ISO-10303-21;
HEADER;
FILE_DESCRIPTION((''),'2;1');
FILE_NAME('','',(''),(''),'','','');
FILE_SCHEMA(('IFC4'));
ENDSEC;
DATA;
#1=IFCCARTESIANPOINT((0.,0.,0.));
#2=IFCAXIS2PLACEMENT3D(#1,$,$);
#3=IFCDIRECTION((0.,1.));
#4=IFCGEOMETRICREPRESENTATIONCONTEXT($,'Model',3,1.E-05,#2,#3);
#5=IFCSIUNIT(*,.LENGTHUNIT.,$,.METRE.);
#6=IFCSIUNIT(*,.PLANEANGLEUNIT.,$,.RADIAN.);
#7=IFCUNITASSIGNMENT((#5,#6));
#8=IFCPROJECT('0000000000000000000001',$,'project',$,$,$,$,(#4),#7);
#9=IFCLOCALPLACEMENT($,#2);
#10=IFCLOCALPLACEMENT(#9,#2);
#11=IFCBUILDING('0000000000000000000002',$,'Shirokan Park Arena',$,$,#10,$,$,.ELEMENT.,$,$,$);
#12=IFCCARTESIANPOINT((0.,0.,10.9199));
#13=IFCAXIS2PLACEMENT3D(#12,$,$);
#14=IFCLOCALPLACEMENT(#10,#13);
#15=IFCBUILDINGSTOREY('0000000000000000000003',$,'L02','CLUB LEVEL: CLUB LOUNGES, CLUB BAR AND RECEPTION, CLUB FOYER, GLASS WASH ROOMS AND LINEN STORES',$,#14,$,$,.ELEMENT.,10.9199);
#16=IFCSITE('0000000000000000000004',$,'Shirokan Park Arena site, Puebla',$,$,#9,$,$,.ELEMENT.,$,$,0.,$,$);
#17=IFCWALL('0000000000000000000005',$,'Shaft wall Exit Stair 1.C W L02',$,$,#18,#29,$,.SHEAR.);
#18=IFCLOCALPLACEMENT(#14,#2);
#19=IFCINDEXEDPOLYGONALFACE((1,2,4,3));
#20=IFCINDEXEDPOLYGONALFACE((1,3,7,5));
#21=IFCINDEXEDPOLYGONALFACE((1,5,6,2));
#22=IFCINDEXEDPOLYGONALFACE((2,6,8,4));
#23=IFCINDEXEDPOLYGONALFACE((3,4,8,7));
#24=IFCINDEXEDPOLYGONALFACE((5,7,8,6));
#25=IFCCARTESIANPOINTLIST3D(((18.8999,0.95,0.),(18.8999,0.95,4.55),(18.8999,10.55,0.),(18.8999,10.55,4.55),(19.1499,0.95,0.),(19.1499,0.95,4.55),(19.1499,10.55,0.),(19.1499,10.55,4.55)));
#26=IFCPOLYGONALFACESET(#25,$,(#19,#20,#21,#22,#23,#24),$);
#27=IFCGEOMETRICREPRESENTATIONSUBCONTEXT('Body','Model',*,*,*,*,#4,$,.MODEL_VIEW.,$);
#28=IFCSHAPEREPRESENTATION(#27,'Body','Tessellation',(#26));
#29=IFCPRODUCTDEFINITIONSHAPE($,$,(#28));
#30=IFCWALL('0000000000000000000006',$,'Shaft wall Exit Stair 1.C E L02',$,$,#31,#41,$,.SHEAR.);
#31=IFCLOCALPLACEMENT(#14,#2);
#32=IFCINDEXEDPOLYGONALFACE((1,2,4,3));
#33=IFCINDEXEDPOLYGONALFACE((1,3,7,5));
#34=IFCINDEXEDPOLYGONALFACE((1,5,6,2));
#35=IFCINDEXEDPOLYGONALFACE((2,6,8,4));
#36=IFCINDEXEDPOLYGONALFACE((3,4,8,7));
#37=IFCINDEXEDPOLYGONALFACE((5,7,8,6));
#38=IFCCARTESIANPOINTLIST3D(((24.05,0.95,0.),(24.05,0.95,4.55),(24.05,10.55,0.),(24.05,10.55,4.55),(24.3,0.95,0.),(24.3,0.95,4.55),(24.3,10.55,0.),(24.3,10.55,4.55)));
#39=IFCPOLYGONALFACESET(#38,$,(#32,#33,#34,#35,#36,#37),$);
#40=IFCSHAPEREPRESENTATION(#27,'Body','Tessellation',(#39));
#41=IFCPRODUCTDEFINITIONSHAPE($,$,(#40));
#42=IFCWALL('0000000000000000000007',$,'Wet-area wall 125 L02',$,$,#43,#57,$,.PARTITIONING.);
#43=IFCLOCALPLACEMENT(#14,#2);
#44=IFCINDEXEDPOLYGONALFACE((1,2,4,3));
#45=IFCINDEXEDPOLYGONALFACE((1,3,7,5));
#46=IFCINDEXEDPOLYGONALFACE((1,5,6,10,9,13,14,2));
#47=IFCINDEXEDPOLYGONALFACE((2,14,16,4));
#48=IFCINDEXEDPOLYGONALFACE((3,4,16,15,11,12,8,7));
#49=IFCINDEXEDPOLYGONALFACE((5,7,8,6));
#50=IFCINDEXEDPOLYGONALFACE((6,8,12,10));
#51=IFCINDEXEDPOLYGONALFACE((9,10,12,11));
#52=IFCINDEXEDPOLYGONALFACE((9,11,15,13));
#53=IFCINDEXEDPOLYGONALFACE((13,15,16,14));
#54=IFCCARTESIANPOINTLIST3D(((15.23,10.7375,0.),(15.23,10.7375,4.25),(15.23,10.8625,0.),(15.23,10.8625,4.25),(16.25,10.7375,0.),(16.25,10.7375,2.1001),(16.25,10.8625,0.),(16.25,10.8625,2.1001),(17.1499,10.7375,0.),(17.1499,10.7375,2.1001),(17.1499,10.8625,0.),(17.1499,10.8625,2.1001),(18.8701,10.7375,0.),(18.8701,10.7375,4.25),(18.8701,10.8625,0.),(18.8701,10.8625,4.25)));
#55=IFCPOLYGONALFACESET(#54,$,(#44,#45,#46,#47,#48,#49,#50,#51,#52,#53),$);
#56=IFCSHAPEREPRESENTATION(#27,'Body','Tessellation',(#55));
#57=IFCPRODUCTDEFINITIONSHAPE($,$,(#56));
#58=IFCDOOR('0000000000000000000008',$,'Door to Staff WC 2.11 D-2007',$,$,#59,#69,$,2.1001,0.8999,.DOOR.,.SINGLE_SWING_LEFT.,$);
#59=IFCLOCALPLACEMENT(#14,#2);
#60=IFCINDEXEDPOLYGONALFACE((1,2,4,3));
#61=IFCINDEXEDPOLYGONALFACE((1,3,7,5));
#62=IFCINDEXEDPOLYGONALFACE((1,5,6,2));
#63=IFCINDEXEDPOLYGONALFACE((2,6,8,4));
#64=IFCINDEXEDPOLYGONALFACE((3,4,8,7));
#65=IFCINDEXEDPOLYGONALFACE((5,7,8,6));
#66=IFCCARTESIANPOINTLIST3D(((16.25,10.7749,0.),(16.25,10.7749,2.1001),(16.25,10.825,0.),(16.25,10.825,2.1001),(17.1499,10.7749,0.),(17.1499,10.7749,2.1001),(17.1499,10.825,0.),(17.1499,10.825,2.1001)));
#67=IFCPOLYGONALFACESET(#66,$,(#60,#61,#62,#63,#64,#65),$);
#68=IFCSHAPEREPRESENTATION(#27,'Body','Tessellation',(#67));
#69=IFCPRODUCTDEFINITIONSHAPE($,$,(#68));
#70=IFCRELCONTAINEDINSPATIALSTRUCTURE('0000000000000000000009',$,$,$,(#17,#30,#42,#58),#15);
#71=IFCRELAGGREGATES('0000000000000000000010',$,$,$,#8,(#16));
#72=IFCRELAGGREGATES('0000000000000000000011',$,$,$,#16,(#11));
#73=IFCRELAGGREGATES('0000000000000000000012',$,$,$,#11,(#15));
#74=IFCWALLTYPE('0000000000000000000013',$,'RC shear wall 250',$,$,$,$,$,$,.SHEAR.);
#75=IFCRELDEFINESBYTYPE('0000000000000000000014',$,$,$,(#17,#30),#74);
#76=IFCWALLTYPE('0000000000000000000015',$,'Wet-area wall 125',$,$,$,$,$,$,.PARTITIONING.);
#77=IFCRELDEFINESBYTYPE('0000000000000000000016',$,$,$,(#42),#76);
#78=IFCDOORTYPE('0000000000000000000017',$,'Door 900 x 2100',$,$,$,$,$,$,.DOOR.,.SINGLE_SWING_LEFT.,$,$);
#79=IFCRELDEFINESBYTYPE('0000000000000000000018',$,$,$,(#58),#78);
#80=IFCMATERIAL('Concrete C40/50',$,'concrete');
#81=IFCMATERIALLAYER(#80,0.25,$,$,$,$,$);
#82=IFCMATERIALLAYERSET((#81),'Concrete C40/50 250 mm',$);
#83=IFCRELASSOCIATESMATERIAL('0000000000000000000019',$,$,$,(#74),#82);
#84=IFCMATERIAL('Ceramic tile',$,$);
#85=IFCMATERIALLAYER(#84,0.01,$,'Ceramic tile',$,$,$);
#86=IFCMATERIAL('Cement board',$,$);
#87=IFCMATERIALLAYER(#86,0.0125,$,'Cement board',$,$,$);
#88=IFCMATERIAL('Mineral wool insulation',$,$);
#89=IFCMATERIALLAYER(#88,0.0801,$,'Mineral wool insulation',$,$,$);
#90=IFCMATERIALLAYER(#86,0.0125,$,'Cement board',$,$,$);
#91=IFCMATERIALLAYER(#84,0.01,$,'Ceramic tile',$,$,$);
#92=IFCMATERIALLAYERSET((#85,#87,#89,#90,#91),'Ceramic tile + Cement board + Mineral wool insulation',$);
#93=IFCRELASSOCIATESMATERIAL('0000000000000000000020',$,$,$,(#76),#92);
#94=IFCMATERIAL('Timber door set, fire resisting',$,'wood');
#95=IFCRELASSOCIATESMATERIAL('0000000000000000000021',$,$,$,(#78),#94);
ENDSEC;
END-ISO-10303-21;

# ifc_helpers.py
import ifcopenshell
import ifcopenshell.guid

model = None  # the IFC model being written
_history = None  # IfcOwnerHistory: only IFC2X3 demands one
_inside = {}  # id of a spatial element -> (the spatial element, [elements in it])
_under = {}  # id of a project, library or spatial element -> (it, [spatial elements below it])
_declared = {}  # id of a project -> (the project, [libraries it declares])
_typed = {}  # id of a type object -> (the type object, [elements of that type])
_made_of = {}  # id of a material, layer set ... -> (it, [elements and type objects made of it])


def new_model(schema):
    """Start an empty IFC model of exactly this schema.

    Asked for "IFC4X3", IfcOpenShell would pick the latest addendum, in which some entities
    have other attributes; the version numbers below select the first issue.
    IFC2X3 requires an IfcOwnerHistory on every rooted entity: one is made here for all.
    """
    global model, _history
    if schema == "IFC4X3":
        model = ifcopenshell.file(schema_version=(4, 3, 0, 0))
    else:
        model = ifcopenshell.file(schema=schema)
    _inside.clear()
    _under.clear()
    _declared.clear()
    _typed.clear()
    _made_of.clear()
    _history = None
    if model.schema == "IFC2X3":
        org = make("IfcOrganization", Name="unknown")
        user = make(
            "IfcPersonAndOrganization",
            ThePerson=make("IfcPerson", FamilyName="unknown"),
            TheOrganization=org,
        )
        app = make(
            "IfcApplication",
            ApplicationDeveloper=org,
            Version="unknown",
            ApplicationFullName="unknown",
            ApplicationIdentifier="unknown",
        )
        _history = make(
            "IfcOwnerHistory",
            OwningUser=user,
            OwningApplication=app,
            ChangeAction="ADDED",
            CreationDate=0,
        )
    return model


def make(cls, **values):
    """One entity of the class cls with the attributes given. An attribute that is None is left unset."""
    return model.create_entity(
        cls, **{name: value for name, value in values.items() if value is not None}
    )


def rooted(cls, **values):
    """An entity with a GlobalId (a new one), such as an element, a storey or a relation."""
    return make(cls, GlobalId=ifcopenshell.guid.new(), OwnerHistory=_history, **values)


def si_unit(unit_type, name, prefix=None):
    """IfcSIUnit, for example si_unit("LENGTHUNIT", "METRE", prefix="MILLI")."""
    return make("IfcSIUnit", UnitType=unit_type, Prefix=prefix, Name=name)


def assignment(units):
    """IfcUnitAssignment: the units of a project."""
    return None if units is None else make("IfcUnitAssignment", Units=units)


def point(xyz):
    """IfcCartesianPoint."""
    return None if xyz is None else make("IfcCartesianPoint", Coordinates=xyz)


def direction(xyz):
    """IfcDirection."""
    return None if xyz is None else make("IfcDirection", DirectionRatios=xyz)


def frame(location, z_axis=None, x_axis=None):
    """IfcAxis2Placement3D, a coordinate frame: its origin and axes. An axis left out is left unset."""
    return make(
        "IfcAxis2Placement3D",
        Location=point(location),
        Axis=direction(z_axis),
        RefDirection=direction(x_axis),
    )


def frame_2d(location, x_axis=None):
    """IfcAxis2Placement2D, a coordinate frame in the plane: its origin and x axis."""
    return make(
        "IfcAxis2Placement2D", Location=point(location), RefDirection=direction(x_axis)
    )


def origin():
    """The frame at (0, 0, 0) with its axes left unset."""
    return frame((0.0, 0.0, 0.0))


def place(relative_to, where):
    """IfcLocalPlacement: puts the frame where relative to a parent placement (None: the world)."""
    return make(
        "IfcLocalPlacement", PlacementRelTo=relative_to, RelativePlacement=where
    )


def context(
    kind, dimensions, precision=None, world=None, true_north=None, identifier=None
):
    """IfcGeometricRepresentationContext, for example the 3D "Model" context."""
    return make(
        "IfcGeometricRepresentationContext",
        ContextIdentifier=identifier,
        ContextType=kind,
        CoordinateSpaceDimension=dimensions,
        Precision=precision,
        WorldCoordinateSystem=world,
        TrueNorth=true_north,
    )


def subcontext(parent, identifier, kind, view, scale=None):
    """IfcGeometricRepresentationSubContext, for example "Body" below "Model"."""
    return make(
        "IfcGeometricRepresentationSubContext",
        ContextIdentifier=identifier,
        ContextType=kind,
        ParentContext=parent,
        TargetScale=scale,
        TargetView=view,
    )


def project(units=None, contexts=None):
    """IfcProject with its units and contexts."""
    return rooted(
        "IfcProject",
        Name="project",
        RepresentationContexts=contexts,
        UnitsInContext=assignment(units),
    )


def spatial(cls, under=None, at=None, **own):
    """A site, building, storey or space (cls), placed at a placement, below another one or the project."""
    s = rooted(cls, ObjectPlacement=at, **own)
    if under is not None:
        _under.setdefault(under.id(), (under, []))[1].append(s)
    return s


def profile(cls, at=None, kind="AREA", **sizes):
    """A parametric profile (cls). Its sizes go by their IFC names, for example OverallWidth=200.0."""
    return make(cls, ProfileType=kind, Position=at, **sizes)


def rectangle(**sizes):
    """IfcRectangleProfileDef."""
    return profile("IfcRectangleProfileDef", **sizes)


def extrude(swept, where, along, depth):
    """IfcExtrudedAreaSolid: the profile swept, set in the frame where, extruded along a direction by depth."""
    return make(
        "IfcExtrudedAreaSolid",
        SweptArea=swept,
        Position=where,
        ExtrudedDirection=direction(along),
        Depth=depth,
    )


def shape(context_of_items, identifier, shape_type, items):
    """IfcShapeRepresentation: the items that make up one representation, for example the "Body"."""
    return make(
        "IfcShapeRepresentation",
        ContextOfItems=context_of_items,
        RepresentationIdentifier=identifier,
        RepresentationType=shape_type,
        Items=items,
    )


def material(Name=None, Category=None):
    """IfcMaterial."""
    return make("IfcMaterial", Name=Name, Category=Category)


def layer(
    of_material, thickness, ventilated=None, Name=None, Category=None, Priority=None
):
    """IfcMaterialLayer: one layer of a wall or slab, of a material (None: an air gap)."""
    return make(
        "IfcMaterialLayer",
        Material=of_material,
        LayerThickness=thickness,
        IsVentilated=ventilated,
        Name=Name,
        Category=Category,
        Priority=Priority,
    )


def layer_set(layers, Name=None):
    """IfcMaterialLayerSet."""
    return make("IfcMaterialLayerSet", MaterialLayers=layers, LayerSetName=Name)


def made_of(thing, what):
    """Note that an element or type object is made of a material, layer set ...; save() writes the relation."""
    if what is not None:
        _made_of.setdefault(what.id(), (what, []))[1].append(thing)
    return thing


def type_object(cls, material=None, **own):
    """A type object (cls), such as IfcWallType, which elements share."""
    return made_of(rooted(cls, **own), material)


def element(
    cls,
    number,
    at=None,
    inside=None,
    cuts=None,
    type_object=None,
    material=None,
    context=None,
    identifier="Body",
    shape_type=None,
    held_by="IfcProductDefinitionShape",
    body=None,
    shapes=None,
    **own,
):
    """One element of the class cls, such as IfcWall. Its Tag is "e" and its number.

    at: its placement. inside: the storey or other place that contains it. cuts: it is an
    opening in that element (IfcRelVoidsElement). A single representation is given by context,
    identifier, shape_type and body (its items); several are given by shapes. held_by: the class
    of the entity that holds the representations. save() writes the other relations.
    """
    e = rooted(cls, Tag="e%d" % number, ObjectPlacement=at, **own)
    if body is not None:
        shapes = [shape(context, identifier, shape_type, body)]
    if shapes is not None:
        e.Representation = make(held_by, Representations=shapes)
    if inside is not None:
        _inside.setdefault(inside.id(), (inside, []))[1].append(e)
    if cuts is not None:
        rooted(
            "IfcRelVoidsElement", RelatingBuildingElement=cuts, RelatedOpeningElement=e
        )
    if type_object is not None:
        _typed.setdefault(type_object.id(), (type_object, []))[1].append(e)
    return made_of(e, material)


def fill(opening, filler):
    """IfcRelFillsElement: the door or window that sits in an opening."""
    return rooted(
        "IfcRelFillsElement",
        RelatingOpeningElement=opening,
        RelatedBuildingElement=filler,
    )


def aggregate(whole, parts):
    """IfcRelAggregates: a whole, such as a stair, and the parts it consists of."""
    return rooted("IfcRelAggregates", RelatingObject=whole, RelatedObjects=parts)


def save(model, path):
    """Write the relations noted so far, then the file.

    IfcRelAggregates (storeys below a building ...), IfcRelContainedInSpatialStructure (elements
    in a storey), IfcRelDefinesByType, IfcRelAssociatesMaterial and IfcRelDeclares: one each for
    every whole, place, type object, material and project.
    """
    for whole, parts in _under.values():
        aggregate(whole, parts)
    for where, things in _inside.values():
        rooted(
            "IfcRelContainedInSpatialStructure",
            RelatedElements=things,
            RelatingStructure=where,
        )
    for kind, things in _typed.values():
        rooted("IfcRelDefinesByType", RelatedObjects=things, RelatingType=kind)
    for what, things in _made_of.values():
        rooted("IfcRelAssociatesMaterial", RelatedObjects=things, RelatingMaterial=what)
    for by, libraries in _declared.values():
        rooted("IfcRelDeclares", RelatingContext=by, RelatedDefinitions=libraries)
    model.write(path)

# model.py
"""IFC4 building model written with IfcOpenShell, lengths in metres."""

from ifc_helpers import new_model, si_unit, direction, frame, frame_2d, origin, place, context, subcontext, project, spatial, rectangle, extrude, material, layer, layer_set, type_object, element, fill, save


model = new_model("IFC4")

# Units and contexts
model_context = context("Model", 3, precision=1e-05, world=origin(), true_north=direction((0.0, 1.0)))
body_context = subcontext(model_context, "Body", "Model", "MODEL_VIEW")
ifc_project = project(units=[si_unit("LENGTHUNIT", "METRE"), si_unit("PLANEANGLEUNIT", "RADIAN")], contexts=[model_context])

# Site, building, storey
site_placement = place(None, origin())
site = spatial("IfcSite", under=ifc_project, at=site_placement, Name="Shirokan Park Arena site, Puebla", CompositionType="ELEMENT", RefElevation=0.0)
building_placement = place(site_placement, origin())
building = spatial("IfcBuilding", under=site, at=building_placement, Name="Shirokan Park Arena", CompositionType="ELEMENT")
storey_placement = place(building_placement, frame((0.0, 0.0, 10.9199)))
storey = spatial("IfcBuildingStorey", under=building, at=storey_placement, Name="L02", Description="CLUB LEVEL: CLUB LOUNGES, CLUB BAR AND RECEPTION, CLUB FOYER, GLASS WASH ROOMS AND LINEN STORES", CompositionType="ELEMENT", Elevation=10.9199)

# Shared definitions
ifc_material_1 = material(Name="Timber door set, fire resisting", Category="wood")

# Shared definitions
ifc_material_2 = material(Name="Mineral wool insulation")

# Shared definitions
ifc_material_3 = material(Name="Concrete C40/50", Category="concrete")
ifc_layer_1 = layer(ifc_material_3, 0.25)
ifc_layer_set_1 = layer_set([ifc_layer_1], Name="Concrete C40/50 250 mm")
wall_type_1 = type_object("IfcWallType", Name="RC shear wall 250", PredefinedType="SHEAR", material=ifc_layer_set_1)

# Walls
for number, where, z_axis, x_axis, name in (
    (1, (19.0249, 10.55, 0.0), (0.0, 0.0, 1.0), (0.0, -1.0, 0.0), "Shaft wall Exit Stair 1.C W L02"),
    (2, (24.175, 10.55, 0.0), (0.0, 0.0, 1.0), (0.0, -1.0, 0.0), "Shaft wall Exit Stair 1.C E L02"),
):
    element("IfcWall", number, at=place(storey_placement, frame(where, z_axis=z_axis, x_axis=x_axis)), inside=storey, type_object=wall_type_1, Name=name, PredefinedType="SHEAR", context=body_context, shape_type="SweptSolid", body=[
        extrude(rectangle(XDim=9.6001, YDim=0.25, at=frame_2d((4.8, 0.0))), origin(), (0.0, 0.0, 1.0), 4.55),
    ])

# Wall, opening, door
ifc_material_4 = material(Name="Ceramic tile")
ifc_layer_2 = layer(ifc_material_4, 0.01, Name="Ceramic tile")
ifc_material_5 = material(Name="Cement board")
ifc_layer_3 = layer(ifc_material_5, 0.0125, Name="Cement board")
ifc_layer_4 = layer(ifc_material_2, 0.0801, Name="Mineral wool insulation")
ifc_layer_5 = layer(ifc_material_5, 0.0125, Name="Cement board")
ifc_layer_6 = layer(ifc_material_4, 0.01, Name="Ceramic tile")
ifc_layer_set_2 = layer_set([ifc_layer_2, ifc_layer_3, ifc_layer_4, ifc_layer_5, ifc_layer_6], Name="Ceramic tile + Cement board + Mineral wool insulation")
wall_type_2 = type_object("IfcWallType", Name="Wet-area wall 125", PredefinedType="PARTITIONING", material=ifc_layer_set_2)
wall_1_placement = place(storey_placement, frame((15.23, 10.8, 0.0), z_axis=(0.0, 0.0, 1.0), x_axis=(1.0, 0.0, 0.0)))
wall_1 = element("IfcWall", 3, at=wall_1_placement, inside=storey, type_object=wall_type_2, Name="Wet-area wall 125 L02", PredefinedType="PARTITIONING", context=body_context, shape_type="SweptSolid", body=[
    extrude(rectangle(XDim=3.6401, YDim=0.125, at=frame_2d((1.8201, 0.0))), origin(), (0.0, 0.0, 1.0), 4.25),
])
opening_1_placement = place(wall_1_placement, frame((1.02, 0.0, 0.0)))
opening_1 = element("IfcOpeningElement", 4, at=opening_1_placement, cuts=wall_1, PredefinedType="OPENING", context=body_context, shape_type="SweptSolid", body=[
    extrude(rectangle(XDim=0.8999, YDim=2.1001, at=frame_2d((0.45, 1.05))), frame((0.0, 0.0725, 0.0), z_axis=(0.0, -1.0, 0.0), x_axis=(1.0, 0.0, 0.0)), (0.0, 0.0, 1.0), 0.145),
])
door_type_1 = type_object("IfcDoorType", Name="Door 900 x 2100", OperationType="SINGLE_SWING_LEFT", PredefinedType="DOOR", material=ifc_material_1)
door_1_placement = place(opening_1_placement, origin())
door_1 = element("IfcDoor", 5, at=door_1_placement, inside=storey, type_object=door_type_1, Name="Door to Staff WC 2.11 D-2007", OperationType="SINGLE_SWING_LEFT", OverallHeight=2.1001, OverallWidth=0.8999, PredefinedType="DOOR", context=body_context, shape_type="SweptSolid", body=[
    extrude(rectangle(XDim=0.8999, YDim=2.1001, at=frame_2d((0.45, 1.05))), frame((0.0, 0.0249, 0.0), z_axis=(0.0, -1.0, 0.0), x_axis=(1.0, 0.0, 0.0)), (0.0, 0.0, 1.0), 0.05),
])
fill(opening_1, door_1)

save(model, "model.ifc")
